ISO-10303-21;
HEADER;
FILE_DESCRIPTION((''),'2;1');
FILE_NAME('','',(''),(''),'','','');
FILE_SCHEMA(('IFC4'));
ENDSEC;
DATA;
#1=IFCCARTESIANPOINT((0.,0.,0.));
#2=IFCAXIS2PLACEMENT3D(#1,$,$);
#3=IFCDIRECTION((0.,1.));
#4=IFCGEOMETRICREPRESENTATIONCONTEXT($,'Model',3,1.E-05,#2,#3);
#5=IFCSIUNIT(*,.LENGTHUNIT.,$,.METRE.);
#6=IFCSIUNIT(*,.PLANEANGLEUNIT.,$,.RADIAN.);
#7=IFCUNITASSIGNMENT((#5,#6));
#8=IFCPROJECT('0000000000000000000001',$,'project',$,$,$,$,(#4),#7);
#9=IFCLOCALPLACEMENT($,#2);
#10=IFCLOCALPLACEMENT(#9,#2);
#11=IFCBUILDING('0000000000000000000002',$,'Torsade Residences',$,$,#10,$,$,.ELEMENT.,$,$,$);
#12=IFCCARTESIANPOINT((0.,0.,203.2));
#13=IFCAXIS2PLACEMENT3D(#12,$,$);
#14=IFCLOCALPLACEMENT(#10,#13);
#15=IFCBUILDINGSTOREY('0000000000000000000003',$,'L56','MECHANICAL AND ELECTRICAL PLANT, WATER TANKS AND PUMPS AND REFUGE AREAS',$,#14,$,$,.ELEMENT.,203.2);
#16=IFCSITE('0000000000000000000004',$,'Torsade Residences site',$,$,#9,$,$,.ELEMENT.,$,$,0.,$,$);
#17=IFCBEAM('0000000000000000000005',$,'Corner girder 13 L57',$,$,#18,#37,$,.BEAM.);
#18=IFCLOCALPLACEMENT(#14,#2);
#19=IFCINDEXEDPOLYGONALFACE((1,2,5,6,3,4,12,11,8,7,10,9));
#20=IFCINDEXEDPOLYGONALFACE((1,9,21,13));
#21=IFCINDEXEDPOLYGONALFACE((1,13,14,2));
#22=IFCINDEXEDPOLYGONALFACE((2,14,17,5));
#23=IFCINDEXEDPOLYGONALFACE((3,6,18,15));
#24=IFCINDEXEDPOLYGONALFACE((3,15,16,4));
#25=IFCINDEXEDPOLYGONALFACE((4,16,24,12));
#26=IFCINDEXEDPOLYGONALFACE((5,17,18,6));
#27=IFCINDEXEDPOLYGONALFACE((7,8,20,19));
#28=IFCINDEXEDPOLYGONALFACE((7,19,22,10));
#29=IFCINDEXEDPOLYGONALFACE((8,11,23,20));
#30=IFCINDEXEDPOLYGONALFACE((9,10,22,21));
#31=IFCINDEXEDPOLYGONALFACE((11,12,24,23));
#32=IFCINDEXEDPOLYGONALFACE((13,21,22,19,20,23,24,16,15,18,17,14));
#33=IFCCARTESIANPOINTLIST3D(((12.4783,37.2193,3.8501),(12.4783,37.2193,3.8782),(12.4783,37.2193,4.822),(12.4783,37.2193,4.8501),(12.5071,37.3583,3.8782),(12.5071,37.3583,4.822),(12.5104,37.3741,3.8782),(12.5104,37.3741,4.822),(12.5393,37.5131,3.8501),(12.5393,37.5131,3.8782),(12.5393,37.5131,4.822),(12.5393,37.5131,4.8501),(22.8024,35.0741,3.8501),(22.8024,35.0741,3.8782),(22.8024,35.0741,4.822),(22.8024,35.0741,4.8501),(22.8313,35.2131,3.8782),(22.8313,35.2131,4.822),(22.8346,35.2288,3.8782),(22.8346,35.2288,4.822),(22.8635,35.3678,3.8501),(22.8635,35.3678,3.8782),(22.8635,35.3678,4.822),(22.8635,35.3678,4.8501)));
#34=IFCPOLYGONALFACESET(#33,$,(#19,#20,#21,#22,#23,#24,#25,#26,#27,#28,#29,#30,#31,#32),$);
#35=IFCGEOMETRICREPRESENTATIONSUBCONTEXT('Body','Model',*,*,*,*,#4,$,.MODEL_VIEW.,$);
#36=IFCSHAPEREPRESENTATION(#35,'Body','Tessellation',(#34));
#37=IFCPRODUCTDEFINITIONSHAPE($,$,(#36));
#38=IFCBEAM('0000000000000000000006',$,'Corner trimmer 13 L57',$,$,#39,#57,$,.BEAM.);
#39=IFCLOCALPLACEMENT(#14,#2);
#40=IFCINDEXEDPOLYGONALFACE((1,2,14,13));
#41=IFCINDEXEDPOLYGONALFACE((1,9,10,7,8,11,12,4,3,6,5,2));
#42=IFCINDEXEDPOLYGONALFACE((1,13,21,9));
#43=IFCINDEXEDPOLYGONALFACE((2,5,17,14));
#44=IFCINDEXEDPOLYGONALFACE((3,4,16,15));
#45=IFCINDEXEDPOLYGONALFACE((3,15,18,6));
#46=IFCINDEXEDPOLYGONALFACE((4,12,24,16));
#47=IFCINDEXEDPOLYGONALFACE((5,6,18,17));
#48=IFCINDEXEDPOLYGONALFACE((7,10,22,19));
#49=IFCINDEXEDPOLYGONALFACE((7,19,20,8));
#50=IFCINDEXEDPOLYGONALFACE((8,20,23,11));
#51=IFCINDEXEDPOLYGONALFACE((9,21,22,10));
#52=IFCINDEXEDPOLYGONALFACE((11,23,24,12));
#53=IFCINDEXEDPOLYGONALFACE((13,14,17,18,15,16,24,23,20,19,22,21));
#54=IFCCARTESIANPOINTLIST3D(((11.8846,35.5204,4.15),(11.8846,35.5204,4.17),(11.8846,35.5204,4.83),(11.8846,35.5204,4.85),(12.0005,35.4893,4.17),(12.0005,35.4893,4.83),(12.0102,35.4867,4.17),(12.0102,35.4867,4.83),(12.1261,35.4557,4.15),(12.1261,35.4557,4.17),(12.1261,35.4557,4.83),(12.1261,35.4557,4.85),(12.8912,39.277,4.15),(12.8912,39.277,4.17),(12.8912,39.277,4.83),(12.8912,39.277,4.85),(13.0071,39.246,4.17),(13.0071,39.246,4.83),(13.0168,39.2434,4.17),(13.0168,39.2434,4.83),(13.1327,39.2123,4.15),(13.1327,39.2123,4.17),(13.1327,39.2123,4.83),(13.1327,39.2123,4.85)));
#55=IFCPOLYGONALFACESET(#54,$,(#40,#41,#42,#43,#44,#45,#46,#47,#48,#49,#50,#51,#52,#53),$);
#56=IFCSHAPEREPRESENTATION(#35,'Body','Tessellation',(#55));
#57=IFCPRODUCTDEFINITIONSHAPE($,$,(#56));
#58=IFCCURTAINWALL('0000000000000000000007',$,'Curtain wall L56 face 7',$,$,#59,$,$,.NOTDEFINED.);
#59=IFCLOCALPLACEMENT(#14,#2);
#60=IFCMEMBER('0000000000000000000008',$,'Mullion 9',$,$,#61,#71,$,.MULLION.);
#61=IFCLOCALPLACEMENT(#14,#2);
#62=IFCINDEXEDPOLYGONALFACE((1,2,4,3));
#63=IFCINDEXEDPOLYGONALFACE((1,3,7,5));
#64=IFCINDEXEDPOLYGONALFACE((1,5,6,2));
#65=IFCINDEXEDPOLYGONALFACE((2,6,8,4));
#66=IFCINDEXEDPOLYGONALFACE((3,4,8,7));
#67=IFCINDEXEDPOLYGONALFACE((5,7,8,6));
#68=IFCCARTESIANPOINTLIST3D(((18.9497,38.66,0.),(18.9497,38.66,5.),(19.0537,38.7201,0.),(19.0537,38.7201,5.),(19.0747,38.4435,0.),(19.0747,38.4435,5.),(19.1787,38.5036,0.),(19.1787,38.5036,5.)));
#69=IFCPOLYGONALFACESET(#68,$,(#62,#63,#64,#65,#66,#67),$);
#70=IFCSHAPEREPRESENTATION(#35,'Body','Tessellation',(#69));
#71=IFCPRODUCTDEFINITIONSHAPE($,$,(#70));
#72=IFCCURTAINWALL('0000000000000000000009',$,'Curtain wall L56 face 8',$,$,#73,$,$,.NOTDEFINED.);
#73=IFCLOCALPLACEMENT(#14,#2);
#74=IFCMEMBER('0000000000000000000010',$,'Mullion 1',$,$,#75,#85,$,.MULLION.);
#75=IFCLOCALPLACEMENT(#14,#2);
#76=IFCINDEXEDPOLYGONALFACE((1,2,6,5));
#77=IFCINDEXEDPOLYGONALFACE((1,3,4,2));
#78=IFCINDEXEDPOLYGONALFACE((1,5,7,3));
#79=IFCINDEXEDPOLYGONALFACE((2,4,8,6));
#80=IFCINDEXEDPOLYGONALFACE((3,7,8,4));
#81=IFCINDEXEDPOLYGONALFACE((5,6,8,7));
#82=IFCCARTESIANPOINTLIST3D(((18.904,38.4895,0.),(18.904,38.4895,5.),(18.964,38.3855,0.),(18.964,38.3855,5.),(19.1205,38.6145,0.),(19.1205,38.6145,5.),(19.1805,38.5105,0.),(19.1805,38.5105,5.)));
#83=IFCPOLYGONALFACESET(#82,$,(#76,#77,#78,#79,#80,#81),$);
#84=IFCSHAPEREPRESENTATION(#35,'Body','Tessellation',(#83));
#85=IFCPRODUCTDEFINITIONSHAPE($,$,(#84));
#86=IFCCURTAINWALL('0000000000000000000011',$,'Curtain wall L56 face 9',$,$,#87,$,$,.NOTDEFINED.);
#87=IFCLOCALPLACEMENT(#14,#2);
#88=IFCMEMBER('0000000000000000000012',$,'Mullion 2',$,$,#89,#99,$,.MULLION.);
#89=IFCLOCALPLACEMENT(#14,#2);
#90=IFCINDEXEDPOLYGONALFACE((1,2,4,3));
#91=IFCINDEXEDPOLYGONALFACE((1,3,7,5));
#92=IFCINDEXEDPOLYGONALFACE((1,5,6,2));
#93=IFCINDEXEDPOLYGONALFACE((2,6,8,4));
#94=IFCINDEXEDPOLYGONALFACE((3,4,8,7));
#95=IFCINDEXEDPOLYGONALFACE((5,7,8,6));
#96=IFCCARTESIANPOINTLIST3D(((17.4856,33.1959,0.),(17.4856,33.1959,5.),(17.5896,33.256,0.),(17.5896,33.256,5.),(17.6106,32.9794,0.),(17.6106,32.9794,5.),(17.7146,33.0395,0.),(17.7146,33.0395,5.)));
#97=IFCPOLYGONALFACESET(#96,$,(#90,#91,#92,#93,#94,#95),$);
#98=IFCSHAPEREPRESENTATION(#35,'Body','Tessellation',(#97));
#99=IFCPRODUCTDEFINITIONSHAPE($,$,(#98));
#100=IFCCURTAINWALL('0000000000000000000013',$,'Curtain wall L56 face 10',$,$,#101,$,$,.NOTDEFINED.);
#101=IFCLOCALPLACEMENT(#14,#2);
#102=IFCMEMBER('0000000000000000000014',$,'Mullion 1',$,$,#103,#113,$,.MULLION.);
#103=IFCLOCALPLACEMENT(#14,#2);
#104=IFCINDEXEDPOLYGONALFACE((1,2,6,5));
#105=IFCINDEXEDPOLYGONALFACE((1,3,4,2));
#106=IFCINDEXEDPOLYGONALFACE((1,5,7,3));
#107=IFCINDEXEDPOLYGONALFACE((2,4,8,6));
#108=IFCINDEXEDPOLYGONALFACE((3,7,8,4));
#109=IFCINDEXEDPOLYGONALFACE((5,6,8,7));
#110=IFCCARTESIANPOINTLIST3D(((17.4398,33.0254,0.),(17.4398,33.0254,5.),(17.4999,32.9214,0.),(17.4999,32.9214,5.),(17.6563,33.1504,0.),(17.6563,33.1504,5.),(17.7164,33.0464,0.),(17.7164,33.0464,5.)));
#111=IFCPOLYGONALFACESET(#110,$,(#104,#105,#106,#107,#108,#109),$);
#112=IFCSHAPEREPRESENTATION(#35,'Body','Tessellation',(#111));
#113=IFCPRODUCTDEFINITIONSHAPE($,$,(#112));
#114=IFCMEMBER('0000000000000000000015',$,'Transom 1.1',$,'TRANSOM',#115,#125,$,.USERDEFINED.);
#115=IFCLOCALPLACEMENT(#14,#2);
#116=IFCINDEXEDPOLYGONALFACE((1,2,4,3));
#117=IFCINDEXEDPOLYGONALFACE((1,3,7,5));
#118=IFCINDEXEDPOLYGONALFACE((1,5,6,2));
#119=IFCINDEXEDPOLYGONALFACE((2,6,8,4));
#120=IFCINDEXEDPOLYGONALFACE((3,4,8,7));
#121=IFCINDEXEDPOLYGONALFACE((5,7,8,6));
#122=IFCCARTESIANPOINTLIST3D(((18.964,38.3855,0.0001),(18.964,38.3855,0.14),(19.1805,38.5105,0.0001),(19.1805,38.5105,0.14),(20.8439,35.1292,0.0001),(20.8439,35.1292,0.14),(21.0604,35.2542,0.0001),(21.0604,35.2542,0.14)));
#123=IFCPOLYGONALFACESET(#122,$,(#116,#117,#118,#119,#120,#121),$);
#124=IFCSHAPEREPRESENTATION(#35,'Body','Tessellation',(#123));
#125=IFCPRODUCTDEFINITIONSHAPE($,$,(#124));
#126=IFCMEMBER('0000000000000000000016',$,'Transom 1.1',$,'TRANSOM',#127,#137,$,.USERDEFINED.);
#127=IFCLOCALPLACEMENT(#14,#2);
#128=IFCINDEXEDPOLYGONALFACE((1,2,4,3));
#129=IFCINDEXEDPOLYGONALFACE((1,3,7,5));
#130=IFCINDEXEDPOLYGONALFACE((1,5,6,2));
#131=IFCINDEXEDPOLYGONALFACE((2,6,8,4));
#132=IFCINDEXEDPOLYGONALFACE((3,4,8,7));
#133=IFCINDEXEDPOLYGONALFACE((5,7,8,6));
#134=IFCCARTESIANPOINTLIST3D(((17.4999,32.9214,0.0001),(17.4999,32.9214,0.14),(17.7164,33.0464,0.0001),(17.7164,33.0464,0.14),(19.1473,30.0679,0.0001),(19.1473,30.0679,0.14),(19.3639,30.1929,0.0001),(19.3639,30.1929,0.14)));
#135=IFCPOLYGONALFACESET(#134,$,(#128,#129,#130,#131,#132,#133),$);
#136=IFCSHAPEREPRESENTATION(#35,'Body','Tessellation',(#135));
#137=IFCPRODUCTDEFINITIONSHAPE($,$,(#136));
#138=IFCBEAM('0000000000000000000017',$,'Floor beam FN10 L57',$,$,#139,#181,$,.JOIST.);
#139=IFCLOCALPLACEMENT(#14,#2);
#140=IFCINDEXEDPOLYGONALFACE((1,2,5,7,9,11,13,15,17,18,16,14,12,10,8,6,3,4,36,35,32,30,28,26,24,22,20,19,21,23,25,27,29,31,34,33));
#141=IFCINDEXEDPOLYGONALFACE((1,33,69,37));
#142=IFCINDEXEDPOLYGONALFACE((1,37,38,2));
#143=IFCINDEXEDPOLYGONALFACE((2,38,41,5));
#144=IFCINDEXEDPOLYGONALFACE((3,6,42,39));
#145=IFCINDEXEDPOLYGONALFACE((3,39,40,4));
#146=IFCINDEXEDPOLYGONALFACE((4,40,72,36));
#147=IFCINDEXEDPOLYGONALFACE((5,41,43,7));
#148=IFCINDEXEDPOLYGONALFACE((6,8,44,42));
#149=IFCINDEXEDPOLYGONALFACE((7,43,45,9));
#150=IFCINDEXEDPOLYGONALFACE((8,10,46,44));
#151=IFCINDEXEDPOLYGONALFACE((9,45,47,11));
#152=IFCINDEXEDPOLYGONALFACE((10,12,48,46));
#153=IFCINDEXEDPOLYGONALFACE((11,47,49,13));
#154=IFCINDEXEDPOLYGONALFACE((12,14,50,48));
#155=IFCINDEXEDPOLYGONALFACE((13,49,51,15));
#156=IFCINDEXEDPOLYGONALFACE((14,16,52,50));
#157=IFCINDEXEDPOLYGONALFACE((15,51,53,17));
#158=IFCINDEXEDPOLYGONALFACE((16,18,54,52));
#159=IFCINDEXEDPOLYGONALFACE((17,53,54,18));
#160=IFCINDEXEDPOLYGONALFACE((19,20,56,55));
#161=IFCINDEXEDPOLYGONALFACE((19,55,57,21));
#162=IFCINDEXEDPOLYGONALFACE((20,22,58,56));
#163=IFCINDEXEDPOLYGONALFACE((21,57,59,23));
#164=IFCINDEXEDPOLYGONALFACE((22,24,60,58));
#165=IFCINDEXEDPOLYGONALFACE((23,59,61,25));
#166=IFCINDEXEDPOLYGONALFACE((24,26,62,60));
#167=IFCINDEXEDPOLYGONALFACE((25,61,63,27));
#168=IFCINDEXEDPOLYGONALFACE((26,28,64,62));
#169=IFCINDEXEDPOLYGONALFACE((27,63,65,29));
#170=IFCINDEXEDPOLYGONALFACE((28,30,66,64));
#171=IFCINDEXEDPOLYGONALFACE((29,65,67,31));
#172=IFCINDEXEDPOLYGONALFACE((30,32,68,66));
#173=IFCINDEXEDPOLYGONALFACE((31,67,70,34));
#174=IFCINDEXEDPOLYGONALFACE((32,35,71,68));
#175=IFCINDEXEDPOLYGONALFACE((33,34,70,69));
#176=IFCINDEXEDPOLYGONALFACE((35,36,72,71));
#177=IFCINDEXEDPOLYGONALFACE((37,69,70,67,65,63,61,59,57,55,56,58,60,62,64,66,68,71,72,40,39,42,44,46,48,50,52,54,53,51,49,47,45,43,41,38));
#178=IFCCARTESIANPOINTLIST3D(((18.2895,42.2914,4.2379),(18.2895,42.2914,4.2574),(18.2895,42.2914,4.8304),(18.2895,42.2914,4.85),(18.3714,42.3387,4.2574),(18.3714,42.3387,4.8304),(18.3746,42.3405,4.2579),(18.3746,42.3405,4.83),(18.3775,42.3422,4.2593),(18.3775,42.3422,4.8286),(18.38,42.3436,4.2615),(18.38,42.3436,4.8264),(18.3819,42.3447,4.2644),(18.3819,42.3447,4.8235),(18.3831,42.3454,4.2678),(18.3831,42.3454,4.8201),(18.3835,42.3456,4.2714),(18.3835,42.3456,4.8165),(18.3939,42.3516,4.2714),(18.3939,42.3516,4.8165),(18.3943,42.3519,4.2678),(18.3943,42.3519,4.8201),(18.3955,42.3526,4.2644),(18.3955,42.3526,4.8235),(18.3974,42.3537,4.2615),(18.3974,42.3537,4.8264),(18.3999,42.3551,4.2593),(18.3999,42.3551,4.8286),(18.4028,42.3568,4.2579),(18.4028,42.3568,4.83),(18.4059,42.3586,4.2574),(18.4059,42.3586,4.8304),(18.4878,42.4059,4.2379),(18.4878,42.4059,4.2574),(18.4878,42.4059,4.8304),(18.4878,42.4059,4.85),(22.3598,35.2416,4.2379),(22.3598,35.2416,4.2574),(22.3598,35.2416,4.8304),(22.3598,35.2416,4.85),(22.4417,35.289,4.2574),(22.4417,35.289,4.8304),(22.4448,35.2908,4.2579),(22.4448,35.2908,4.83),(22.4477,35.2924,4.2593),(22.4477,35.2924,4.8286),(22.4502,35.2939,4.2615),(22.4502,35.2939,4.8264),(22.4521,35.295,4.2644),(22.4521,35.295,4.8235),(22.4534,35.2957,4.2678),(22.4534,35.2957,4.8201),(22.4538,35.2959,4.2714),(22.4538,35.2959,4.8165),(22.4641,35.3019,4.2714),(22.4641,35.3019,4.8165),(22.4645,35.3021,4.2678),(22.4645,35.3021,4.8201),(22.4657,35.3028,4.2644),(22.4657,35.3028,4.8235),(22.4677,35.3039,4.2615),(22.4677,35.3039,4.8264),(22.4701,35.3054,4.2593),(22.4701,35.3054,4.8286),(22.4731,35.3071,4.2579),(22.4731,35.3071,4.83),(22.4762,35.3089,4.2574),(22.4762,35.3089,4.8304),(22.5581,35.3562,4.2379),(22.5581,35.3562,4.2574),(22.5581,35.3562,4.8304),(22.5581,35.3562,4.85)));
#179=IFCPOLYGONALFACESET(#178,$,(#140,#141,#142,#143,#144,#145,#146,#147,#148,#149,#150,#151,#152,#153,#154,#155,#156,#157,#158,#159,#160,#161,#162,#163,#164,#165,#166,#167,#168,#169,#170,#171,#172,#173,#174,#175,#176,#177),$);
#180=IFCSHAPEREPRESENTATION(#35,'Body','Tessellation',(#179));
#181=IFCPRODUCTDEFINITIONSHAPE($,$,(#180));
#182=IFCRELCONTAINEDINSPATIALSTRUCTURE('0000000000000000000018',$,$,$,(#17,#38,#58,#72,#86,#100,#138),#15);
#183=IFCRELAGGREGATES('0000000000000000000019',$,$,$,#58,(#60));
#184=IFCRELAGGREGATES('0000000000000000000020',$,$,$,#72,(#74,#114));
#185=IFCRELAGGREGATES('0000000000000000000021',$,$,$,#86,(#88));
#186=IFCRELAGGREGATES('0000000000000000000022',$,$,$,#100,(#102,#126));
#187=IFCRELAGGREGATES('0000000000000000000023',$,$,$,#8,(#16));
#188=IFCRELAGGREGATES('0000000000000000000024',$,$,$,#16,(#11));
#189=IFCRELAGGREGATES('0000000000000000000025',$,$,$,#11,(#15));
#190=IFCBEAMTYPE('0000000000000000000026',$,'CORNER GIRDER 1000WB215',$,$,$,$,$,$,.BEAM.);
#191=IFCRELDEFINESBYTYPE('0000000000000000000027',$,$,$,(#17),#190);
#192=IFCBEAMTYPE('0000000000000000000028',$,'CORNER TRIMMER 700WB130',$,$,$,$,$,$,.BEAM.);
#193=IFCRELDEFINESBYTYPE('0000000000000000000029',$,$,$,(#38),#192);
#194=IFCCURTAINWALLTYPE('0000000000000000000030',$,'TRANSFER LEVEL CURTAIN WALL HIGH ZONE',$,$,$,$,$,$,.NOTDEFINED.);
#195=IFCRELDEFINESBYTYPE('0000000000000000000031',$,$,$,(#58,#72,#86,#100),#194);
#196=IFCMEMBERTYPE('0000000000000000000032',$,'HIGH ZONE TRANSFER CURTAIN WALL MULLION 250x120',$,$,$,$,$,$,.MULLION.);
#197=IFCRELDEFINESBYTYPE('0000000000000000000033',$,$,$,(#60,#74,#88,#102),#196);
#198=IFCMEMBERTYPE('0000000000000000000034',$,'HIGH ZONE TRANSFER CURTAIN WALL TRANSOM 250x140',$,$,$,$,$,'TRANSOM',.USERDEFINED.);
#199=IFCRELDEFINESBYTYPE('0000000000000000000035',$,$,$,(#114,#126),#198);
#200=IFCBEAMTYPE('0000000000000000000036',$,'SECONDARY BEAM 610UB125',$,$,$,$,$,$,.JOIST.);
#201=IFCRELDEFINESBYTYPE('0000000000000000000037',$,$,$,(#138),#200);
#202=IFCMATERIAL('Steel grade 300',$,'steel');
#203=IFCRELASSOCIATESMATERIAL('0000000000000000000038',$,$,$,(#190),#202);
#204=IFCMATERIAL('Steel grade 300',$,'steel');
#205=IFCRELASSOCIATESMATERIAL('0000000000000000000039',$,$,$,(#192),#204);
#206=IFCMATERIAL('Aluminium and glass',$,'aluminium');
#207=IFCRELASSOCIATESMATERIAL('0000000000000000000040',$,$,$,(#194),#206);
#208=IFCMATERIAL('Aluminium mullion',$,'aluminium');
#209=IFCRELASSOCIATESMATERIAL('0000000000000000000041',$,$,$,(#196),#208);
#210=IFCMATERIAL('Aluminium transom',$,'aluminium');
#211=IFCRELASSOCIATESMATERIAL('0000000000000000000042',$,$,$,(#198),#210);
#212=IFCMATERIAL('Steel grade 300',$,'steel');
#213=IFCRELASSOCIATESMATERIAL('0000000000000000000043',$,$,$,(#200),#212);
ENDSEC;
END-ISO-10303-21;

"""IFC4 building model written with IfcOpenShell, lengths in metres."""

from ifc_helpers import new_model, si_unit, direction, frame, origin, origin_2d, place, context, subcontext, project, spatial, rectangle, i_section, extrude, material, material_profile, profile_set, type_object, element, aggregate, save


model = new_model("IFC4")

# Units and contexts
model_context = context("Model", 3, precision=1e-05, world=origin(), true_north=direction((0.0, 1.0)))
body_context = subcontext(model_context, "Body", "Model", "MODEL_VIEW")
ifc_project = project(units=[si_unit("LENGTHUNIT", "METRE"), si_unit("PLANEANGLEUNIT", "RADIAN")], contexts=[model_context])

# Site, building, storey
site_placement = place(None, origin())
site = spatial("IfcSite", under=ifc_project, at=site_placement, Name="Torsade Residences site", CompositionType="ELEMENT", RefElevation=0.0)
building_placement = place(site_placement, origin())
building = spatial("IfcBuilding", under=site, at=building_placement, Name="Torsade Residences", CompositionType="ELEMENT")
storey_placement = place(building_placement, frame((0.0, 0.0, 203.2)))
storey = spatial("IfcBuildingStorey", under=building, at=storey_placement, Name="L56", Description="MECHANICAL AND ELECTRICAL PLANT, WATER TANKS AND PUMPS AND REFUGE AREAS", CompositionType="ELEMENT", Elevation=203.2)

# Beams
ifc_material_1 = material(Name="Steel grade 300", Category="steel")
ifc_material_profile_1 = material_profile(ifc_material_1, i_section(OverallWidth=0.3, OverallDepth=1.0, WebThickness=0.0161, FlangeThickness=0.0281, at=origin_2d()), Name="1000WB215")
ifc_profile_set_1 = profile_set([ifc_material_profile_1], Name="Steel grade 300")
beam_type_1 = type_object("IfcBeamType", Name="CORNER GIRDER 1000WB215", PredefinedType="BEAM", material=ifc_profile_set_1)
beam_1_placement = place(storey_placement, frame((12.5088, 37.3662, 4.3501), z_axis=(0.979087, -0.203444, 0.0), x_axis=(0.203444, 0.979087, 0.0)))
element("IfcBeam", 1, at=beam_1_placement, inside=storey, type_object=beam_type_1, Name="Corner girder 13 L57", PredefinedType="BEAM", context=body_context, shape_type="SweptSolid", body=[
    extrude(i_section(OverallWidth=0.3, OverallDepth=1.0, WebThickness=0.0161, FlangeThickness=0.0281, at=origin_2d()), origin(), (0.0, 0.0, 1.0), 10.5447),
])
ifc_material_2 = material(Name="Steel grade 300", Category="steel")
ifc_material_profile_2 = material_profile(ifc_material_2, i_section(OverallWidth=0.25, OverallDepth=0.7, WebThickness=0.01, FlangeThickness=0.02, at=origin_2d()), Name="700WB130")
ifc_profile_set_2 = profile_set([ifc_material_profile_2], Name="Steel grade 300")
beam_type_2 = type_object("IfcBeamType", Name="CORNER TRIMMER 700WB130", PredefinedType="BEAM", material=ifc_profile_set_2)
beam_2_placement = place(storey_placement, frame((12.0054, 35.488, 4.5), z_axis=(0.258823, 0.965925, 0.0), x_axis=(-0.965925, 0.258823, 0.0)))
element("IfcBeam", 2, at=beam_2_placement, inside=storey, type_object=beam_type_2, Name="Corner trimmer 13 L57", PredefinedType="BEAM", context=body_context, shape_type="SweptSolid", body=[
    extrude(i_section(OverallWidth=0.25, OverallDepth=0.7, WebThickness=0.01, FlangeThickness=0.02, at=origin_2d()), origin(), (0.0, 0.0, 1.0), 3.8892),
])

# Curtain walls, members
ifc_material_3 = material(Name="Aluminium and glass", Category="aluminium")
curtain_wall_type = type_object("IfcCurtainWallType", Name="TRANSFER LEVEL CURTAIN WALL HIGH ZONE", PredefinedType="NOTDEFINED", material=ifc_material_3)
curtain_wall_1_placement = place(storey_placement, origin())
curtain_wall_1 = element("IfcCurtainWall", 3, at=curtain_wall_1_placement, inside=storey, type_object=curtain_wall_type, Name="Curtain wall L56 face 7", PredefinedType="NOTDEFINED")
ifc_material_4 = material(Name="Aluminium mullion", Category="aluminium")
ifc_material_profile_3 = material_profile(ifc_material_4, rectangle(XDim=0.25, YDim=0.1201, at=origin_2d()), Name="HIGH ZONE TRANSFER CURTAIN WALL MULLION 250x120")
ifc_profile_set_3 = profile_set([ifc_material_profile_3], Name="Aluminium mullion")
member_type_1 = type_object("IfcMemberType", Name="HIGH ZONE TRANSFER CURTAIN WALL MULLION 250x120", PredefinedType="MULLION", material=ifc_profile_set_3)
member_1_placement = place(storey_placement, frame((19.0642, 38.5818, 0.0), z_axis=(0.0, 0.0, 1.0), x_axis=(0.5, -0.866025, 0.0)))
member_1 = element("IfcMember", 4, at=member_1_placement, type_object=member_type_1, Name="Mullion 9", PredefinedType="MULLION", context=body_context, shape_type="SweptSolid", body=[
    extrude(rectangle(XDim=0.25, YDim=0.1201, at=origin_2d()), origin(), (0.0, 0.0, 1.0), 5.0),
])
curtain_wall_2_placement = place(storey_placement, origin())
curtain_wall_2 = element("IfcCurtainWall", 5, at=curtain_wall_2_placement, inside=storey, type_object=curtain_wall_type, Name="Curtain wall L56 face 8", PredefinedType="NOTDEFINED")
member_2_placement = place(storey_placement, frame((19.0422, 38.5, 0.0), z_axis=(0.0, 0.0, 1.0), x_axis=(0.866025, 0.5, 0.0)))
member_2 = element("IfcMember", 6, at=member_2_placement, type_object=member_type_1, Name="Mullion 1", PredefinedType="MULLION", context=body_context, shape_type="SweptSolid", body=[
    extrude(rectangle(XDim=0.25, YDim=0.1201, at=origin_2d()), origin(), (0.0, 0.0, 1.0), 5.0),
])
curtain_wall_3_placement = place(storey_placement, origin())
curtain_wall_3 = element("IfcCurtainWall", 7, at=curtain_wall_3_placement, inside=storey, type_object=curtain_wall_type, Name="Curtain wall L56 face 9", PredefinedType="NOTDEFINED")
member_3_placement = place(storey_placement, frame((17.6001, 33.1177, 0.0), z_axis=(0.0, 0.0, 1.0), x_axis=(0.5, -0.866025, 0.0)))
member_3 = element("IfcMember", 8, at=member_3_placement, type_object=member_type_1, Name="Mullion 2", PredefinedType="MULLION", context=body_context, shape_type="SweptSolid", body=[
    extrude(rectangle(XDim=0.25, YDim=0.1201, at=origin_2d()), origin(), (0.0, 0.0, 1.0), 5.0),
])
curtain_wall_4_placement = place(storey_placement, origin())
curtain_wall_4 = element("IfcCurtainWall", 9, at=curtain_wall_4_placement, inside=storey, type_object=curtain_wall_type, Name="Curtain wall L56 face 10", PredefinedType="NOTDEFINED")
member_4_placement = place(storey_placement, frame((17.5781, 33.0359, 0.0), z_axis=(0.0, 0.0, 1.0), x_axis=(0.866025, 0.5, 0.0)))
member_4 = element("IfcMember", 10, at=member_4_placement, type_object=member_type_1, Name="Mullion 1", PredefinedType="MULLION", context=body_context, shape_type="SweptSolid", body=[
    extrude(rectangle(XDim=0.25, YDim=0.1201, at=origin_2d()), origin(), (0.0, 0.0, 1.0), 5.0),
])

# Members
ifc_material_5 = material(Name="Aluminium transom", Category="aluminium")
ifc_material_profile_4 = material_profile(ifc_material_5, rectangle(XDim=0.25, YDim=0.1399, at=origin_2d()), Name="HIGH ZONE TRANSFER CURTAIN WALL TRANSOM 250x140")
ifc_profile_set_4 = profile_set([ifc_material_profile_4], Name="Aluminium transom")
member_type_2 = type_object("IfcMemberType", Name="HIGH ZONE TRANSFER CURTAIN WALL TRANSOM 250x140", ElementType="TRANSOM", PredefinedType="USERDEFINED", material=ifc_profile_set_4)
member_5_placement = place(storey_placement, frame((19.0723, 38.448, 0.0701), z_axis=(0.499966, -0.866045, 0.0), x_axis=(0.866045, 0.499966, 0.0)))
member_5 = element("IfcMember", 11, at=member_5_placement, type_object=member_type_2, Name="Transom 1.1", ObjectType="TRANSOM", PredefinedType="USERDEFINED", context=body_context, shape_type="SweptSolid", body=[
    extrude(rectangle(XDim=0.25, YDim=0.1399, at=origin_2d()), origin(), (0.0, 0.0, 1.0), 3.76),
])
member_6_placement = place(storey_placement, frame((17.6082, 32.9839, 0.0701), z_axis=(0.499996, -0.866028, 0.0), x_axis=(0.866028, 0.499996, 0.0)))
member_6 = element("IfcMember", 12, at=member_6_placement, type_object=member_type_2, Name="Transom 1.1", ObjectType="TRANSOM", PredefinedType="USERDEFINED", context=body_context, shape_type="SweptSolid", body=[
    extrude(rectangle(XDim=0.25, YDim=0.1399, at=origin_2d()), origin(), (0.0, 0.0, 1.0), 3.2949),
])

# Beam
ifc_material_6 = material(Name="Steel grade 300", Category="steel")
ifc_material_profile_5 = material_profile(ifc_material_6, i_section(OverallWidth=0.229, OverallDepth=0.6121, WebThickness=0.012, FlangeThickness=0.0195, FilletRadius=0.0139, at=origin_2d()), Name="610UB125")
ifc_profile_set_5 = profile_set([ifc_material_profile_5], Name="Steel grade 300")
beam_type_3 = type_object("IfcBeamType", Name="SECONDARY BEAM 610UB125", PredefinedType="JOIST", material=ifc_profile_set_5)
beam_3_placement = place(storey_placement, frame((18.3887, 42.3486, 4.5439), z_axis=(0.50001, -0.86602, 0.0), x_axis=(0.86602, 0.50001, 0.0)))
element("IfcBeam", 13, at=beam_3_placement, inside=storey, type_object=beam_type_3, Name="Floor beam FN10 L57", PredefinedType="JOIST", context=body_context, shape_type="SweptSolid", body=[
    extrude(i_section(OverallWidth=0.229, OverallDepth=0.6121, WebThickness=0.012, FlangeThickness=0.0195, FilletRadius=0.0139, at=origin_2d()), origin(), (0.0, 0.0, 1.0), 8.1404),
])

aggregate(curtain_wall_1, [member_1])
aggregate(curtain_wall_2, [member_2, member_5])
aggregate(curtain_wall_3, [member_3])
aggregate(curtain_wall_4, [member_4, member_6])

save(model, "model.ifc")
